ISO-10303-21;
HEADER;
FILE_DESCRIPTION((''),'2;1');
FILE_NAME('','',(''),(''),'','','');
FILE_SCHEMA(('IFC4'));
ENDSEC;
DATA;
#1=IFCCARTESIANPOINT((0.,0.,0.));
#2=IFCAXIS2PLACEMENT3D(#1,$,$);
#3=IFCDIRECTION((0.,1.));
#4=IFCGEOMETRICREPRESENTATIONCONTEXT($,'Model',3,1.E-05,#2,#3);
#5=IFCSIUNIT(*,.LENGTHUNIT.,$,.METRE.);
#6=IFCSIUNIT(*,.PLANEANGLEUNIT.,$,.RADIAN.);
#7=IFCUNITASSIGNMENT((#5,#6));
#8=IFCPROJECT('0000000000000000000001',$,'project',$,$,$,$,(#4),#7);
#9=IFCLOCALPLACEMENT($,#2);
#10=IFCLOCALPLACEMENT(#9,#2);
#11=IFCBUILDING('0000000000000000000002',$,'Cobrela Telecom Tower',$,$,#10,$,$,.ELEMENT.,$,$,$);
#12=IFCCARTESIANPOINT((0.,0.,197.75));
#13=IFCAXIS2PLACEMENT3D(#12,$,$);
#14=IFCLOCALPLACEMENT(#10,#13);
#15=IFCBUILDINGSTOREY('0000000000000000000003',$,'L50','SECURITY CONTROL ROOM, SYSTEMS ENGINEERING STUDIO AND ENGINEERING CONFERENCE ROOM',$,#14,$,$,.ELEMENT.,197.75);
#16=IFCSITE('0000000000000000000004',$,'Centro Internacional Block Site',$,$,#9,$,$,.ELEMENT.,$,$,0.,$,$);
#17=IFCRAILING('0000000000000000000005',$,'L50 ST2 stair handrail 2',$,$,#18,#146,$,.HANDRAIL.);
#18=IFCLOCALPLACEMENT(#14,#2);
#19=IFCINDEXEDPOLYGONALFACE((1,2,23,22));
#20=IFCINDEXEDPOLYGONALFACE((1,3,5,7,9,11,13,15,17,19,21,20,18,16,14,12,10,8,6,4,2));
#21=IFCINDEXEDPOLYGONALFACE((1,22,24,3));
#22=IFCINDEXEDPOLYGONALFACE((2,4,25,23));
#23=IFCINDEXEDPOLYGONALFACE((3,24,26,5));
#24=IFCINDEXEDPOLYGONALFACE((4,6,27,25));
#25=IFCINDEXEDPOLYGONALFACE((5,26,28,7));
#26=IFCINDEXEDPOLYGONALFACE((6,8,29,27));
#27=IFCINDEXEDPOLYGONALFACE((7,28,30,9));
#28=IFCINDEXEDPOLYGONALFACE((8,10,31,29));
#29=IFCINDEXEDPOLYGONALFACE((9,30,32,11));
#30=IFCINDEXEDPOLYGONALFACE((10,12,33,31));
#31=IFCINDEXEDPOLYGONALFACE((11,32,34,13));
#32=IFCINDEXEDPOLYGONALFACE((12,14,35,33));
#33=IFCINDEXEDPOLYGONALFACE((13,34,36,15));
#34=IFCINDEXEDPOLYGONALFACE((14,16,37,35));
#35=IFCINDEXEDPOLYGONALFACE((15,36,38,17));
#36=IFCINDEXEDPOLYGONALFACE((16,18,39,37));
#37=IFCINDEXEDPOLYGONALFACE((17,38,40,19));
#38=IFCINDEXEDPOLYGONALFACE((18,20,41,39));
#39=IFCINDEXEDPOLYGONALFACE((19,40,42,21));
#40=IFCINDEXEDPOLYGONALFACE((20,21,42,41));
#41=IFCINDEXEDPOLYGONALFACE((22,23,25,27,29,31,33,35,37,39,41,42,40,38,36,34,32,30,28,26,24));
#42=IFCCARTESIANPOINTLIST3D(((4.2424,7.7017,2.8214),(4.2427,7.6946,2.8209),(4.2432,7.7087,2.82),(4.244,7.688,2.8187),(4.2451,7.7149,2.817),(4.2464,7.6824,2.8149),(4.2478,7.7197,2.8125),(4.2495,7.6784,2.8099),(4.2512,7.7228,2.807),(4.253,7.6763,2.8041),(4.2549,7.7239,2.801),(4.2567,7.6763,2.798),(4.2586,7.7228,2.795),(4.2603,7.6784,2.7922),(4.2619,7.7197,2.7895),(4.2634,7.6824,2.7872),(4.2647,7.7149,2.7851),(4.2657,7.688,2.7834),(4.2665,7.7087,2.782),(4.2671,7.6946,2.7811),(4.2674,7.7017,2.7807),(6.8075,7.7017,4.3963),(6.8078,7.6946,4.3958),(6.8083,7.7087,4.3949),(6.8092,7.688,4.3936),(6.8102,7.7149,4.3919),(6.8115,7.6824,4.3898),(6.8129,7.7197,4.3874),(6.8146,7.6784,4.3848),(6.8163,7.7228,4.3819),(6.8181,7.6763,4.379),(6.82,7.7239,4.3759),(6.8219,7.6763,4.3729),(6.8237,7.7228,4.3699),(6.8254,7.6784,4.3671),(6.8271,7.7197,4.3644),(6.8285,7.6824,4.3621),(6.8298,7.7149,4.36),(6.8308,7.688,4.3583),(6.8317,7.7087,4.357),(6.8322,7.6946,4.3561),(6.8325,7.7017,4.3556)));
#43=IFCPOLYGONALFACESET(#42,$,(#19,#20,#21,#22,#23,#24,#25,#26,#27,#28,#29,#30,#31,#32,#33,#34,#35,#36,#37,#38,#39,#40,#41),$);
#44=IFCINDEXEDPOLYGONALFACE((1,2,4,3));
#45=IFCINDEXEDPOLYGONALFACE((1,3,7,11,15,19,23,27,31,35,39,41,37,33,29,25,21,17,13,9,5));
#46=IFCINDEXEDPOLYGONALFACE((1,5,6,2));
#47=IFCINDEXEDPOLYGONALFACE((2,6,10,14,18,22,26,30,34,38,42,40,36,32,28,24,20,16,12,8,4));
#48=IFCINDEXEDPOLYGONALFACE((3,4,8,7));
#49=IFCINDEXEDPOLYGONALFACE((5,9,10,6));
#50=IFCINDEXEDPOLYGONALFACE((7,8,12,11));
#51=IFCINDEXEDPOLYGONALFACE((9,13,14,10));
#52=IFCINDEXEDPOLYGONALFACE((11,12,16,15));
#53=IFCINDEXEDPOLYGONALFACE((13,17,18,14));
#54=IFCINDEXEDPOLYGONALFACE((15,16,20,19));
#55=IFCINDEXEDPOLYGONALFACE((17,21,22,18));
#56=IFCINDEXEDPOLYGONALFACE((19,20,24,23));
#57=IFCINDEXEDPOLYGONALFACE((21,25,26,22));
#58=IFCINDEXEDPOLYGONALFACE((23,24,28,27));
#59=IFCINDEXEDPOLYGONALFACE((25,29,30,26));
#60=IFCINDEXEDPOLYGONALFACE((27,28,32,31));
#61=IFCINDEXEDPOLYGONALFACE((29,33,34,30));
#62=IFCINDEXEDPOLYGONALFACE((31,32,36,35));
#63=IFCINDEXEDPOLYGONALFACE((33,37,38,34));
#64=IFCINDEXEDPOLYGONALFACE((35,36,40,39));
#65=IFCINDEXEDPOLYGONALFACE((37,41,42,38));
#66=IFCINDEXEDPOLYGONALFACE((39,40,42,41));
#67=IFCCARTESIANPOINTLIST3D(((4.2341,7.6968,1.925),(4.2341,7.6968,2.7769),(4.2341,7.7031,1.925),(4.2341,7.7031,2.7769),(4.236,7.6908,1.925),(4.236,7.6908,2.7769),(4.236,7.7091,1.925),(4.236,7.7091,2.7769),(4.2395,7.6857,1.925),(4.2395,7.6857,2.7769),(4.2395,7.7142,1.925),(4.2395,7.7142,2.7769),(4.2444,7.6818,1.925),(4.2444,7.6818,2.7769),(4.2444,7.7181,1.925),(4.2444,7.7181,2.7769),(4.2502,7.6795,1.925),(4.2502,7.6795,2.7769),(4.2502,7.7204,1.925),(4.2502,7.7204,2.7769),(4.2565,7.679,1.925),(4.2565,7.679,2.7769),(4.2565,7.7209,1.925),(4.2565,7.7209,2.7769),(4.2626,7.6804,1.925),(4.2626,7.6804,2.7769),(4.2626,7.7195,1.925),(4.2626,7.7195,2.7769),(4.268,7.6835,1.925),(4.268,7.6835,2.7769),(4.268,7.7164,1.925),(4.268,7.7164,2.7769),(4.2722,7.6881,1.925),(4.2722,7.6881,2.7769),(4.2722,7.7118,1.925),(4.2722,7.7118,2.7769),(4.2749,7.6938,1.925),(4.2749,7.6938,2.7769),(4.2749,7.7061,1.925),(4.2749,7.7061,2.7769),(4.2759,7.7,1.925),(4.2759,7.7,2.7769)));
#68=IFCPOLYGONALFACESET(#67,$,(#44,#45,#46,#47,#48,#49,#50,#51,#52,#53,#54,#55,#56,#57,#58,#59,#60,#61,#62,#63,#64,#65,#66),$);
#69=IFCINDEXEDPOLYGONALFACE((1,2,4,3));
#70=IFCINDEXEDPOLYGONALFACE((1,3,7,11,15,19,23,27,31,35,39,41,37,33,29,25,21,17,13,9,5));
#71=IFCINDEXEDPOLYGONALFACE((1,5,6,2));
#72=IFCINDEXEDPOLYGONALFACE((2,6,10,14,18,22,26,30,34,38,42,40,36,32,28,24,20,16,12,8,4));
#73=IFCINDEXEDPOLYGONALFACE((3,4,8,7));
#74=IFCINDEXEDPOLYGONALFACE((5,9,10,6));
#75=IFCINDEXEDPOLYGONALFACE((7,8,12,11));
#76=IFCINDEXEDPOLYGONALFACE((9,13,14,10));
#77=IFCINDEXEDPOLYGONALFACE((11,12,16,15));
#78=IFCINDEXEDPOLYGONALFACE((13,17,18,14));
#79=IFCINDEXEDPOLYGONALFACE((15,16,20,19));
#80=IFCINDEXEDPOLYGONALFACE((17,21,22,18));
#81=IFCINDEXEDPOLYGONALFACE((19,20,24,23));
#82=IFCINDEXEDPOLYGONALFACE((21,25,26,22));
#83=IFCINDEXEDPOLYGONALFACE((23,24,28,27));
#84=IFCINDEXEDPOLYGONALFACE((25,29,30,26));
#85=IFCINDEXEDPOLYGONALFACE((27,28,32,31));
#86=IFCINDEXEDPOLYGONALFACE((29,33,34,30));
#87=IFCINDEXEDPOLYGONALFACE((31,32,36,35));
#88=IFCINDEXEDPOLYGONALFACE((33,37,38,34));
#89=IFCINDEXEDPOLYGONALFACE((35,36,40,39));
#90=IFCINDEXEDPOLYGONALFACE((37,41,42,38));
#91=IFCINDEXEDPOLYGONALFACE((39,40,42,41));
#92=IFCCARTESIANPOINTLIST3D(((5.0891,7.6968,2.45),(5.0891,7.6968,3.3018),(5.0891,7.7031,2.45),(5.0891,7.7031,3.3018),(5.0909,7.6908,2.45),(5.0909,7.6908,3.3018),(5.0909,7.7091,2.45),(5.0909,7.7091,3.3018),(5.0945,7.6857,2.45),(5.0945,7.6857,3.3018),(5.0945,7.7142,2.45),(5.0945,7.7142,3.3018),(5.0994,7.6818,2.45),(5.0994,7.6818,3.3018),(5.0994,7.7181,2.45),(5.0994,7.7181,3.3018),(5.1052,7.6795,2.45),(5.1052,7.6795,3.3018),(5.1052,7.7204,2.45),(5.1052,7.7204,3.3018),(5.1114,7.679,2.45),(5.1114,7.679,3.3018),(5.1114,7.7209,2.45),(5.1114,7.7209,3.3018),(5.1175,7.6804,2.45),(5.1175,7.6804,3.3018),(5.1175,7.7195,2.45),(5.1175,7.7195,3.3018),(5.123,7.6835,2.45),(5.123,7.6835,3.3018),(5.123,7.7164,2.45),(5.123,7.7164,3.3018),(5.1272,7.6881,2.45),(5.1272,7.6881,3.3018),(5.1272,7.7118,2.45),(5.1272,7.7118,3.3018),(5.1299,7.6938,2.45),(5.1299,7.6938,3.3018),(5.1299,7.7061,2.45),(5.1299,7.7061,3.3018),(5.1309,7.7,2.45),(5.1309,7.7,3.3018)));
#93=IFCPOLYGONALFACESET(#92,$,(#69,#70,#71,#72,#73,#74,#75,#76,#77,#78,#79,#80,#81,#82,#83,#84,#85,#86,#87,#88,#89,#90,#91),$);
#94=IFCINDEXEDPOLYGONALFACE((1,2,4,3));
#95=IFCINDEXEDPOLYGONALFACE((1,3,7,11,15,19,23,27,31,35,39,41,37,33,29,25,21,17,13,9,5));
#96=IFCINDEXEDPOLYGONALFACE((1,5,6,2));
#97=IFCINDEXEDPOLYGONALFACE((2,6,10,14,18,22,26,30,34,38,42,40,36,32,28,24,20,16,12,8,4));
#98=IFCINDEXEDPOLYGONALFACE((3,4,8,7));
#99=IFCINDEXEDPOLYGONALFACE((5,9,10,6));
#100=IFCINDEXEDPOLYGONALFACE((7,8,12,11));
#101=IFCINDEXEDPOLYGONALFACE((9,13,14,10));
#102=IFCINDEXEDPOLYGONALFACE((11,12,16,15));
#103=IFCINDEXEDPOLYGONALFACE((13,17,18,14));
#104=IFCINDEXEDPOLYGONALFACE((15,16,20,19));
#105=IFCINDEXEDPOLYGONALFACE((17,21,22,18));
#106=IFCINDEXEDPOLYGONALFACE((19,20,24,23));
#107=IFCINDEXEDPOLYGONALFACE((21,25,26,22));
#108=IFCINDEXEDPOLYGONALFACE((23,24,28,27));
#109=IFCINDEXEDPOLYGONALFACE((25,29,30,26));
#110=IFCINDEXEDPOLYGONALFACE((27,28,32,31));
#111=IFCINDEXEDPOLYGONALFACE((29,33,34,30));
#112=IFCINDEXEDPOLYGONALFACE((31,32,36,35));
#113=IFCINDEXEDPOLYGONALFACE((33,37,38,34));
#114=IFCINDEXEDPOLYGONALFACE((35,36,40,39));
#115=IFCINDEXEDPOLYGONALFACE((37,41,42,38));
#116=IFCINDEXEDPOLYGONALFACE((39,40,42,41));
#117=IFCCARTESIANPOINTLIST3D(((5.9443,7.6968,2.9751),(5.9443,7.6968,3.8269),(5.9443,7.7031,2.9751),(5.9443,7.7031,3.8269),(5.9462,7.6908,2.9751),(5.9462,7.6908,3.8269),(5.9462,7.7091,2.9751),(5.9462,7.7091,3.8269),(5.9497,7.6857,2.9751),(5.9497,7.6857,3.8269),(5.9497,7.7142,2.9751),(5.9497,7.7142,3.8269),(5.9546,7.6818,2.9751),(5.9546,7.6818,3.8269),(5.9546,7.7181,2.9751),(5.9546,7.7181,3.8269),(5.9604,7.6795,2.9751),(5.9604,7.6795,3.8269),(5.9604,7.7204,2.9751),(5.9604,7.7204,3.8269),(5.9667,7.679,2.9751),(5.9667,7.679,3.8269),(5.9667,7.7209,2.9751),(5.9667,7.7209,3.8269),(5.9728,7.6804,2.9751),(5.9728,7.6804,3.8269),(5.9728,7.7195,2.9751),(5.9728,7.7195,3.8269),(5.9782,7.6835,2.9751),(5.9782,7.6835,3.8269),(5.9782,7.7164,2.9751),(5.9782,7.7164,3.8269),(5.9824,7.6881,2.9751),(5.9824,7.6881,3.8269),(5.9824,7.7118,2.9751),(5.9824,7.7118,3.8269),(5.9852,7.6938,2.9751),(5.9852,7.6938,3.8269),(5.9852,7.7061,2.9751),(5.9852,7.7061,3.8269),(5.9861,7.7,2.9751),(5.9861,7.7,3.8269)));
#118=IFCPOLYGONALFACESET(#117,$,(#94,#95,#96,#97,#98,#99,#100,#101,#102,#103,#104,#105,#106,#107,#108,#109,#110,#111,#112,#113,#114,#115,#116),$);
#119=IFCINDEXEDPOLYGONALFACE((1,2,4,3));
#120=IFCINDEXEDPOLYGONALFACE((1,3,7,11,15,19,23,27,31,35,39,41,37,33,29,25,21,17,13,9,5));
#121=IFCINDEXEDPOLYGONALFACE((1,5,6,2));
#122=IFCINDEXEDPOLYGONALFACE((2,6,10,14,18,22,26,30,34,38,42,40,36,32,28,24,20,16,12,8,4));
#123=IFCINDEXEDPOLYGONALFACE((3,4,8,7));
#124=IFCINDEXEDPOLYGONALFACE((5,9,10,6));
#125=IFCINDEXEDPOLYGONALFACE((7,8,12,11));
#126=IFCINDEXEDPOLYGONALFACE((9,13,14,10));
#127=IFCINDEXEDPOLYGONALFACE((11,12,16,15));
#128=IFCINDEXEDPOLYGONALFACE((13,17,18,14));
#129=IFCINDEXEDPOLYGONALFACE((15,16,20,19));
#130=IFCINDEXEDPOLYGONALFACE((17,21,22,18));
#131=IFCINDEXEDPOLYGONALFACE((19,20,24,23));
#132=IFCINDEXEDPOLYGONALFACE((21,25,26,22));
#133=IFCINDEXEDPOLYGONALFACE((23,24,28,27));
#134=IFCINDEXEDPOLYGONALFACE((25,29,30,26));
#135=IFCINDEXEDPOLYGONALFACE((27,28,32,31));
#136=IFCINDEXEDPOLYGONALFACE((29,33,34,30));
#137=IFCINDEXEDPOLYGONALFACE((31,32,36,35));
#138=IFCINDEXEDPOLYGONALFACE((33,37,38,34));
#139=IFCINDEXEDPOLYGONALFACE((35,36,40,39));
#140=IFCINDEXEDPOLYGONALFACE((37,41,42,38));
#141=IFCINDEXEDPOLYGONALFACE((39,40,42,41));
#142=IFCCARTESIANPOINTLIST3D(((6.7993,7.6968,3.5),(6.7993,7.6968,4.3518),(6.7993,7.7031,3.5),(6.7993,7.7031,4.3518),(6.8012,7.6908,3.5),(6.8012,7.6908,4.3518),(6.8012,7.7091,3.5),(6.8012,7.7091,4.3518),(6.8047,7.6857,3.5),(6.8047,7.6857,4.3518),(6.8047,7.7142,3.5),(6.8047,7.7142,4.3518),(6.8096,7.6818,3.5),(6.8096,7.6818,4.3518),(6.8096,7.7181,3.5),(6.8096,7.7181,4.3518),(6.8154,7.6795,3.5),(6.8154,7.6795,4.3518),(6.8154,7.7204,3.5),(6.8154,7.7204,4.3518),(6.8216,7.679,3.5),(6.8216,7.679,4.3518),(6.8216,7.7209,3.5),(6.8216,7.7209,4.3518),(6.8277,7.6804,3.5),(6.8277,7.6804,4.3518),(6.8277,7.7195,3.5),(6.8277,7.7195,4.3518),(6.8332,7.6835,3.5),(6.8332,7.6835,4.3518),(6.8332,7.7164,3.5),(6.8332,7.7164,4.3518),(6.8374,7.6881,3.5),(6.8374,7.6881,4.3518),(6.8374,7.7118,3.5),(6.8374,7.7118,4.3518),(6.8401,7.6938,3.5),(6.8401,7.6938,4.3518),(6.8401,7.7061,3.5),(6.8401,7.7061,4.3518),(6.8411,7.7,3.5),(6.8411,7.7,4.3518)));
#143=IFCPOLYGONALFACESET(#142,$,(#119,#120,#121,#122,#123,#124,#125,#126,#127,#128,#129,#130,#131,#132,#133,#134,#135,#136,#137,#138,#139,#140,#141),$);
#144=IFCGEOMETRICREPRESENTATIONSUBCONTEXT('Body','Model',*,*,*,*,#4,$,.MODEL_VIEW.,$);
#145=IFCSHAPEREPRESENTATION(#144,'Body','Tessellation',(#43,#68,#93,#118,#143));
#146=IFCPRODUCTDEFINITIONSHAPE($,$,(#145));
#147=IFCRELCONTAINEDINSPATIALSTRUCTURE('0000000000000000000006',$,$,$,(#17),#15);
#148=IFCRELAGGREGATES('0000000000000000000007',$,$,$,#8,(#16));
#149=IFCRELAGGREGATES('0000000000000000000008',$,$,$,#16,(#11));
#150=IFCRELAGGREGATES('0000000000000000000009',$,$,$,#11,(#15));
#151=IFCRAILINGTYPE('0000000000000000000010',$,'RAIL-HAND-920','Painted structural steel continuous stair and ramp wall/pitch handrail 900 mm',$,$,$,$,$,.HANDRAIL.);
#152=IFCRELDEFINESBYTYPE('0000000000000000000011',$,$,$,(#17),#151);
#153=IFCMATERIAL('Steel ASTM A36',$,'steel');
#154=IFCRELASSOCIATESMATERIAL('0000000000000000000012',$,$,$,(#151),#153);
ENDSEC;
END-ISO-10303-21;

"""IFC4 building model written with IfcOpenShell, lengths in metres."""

from ifc_helpers import new_model, si_unit, direction, frame, origin, origin_2d, place, context, subcontext, project, spatial, circle, extrude, material, type_object, element, save


model = new_model("IFC4")

# Units and contexts
model_context = context("Model", 3, precision=1e-05, world=origin(), true_north=direction((0.0, 1.0)))
body_context = subcontext(model_context, "Body", "Model", "MODEL_VIEW")
ifc_project = project(units=[si_unit("LENGTHUNIT", "METRE"), si_unit("PLANEANGLEUNIT", "RADIAN")], contexts=[model_context])

# Site, building, storey
site_placement = place(None, origin())
site = spatial("IfcSite", under=ifc_project, at=site_placement, Name="Centro Internacional Block Site", CompositionType="ELEMENT", RefElevation=0.0)
building_placement = place(site_placement, origin())
building = spatial("IfcBuilding", under=site, at=building_placement, Name="Cobrela Telecom Tower", CompositionType="ELEMENT")
storey_placement = place(building_placement, frame((0.0, 0.0, 197.75)))
storey = spatial("IfcBuildingStorey", under=building, at=storey_placement, Name="L50", Description="SECURITY CONTROL ROOM, SYSTEMS ENGINEERING STUDIO AND ENGINEERING CONFERENCE ROOM", CompositionType="ELEMENT", Elevation=197.75)

# Railing
ifc_material_1 = material(Name="Steel ASTM A36", Category="steel")
railing_type = type_object("IfcRailingType", Name="RAIL-HAND-920", Description="Painted structural steel continuous stair and ramp wall/pitch handrail 900 mm", PredefinedType="HANDRAIL", material=ifc_material_1)
railing_placement = place(storey_placement, frame((4.2549, 7.7, 1.925)))
element("IfcRailing", 1, at=railing_placement, inside=storey, type_object=railing_type, Name="L50 ST2 stair handrail 2", PredefinedType="HANDRAIL", context=body_context, shape_type="SweptSolid", body=[
    extrude(circle(Radius=0.0239, at=origin_2d()), frame((0.0, 0.0, 0.876), z_axis=(0.852195, 0.0, 0.523224), x_axis=(0.0, 1.0, 0.0)), (0.0, 0.0, 1.0), 3.01),
    extrude(circle(Radius=0.021, at=origin_2d()), origin(), (0.0, 0.0, 1.0), 0.8518),
    extrude(circle(Radius=0.021, at=origin_2d()), frame((0.855, 0.0, 0.5249)), (0.0, 0.0, 1.0), 0.8518),
    extrude(circle(Radius=0.021, at=origin_2d()), frame((1.7102, 0.0, 1.05)), (0.0, 0.0, 1.0), 0.8518),
    extrude(circle(Radius=0.021, at=origin_2d()), frame((2.5652, 0.0, 1.575)), (0.0, 0.0, 1.0), 0.8518),
])

save(model, "model.ifc")
